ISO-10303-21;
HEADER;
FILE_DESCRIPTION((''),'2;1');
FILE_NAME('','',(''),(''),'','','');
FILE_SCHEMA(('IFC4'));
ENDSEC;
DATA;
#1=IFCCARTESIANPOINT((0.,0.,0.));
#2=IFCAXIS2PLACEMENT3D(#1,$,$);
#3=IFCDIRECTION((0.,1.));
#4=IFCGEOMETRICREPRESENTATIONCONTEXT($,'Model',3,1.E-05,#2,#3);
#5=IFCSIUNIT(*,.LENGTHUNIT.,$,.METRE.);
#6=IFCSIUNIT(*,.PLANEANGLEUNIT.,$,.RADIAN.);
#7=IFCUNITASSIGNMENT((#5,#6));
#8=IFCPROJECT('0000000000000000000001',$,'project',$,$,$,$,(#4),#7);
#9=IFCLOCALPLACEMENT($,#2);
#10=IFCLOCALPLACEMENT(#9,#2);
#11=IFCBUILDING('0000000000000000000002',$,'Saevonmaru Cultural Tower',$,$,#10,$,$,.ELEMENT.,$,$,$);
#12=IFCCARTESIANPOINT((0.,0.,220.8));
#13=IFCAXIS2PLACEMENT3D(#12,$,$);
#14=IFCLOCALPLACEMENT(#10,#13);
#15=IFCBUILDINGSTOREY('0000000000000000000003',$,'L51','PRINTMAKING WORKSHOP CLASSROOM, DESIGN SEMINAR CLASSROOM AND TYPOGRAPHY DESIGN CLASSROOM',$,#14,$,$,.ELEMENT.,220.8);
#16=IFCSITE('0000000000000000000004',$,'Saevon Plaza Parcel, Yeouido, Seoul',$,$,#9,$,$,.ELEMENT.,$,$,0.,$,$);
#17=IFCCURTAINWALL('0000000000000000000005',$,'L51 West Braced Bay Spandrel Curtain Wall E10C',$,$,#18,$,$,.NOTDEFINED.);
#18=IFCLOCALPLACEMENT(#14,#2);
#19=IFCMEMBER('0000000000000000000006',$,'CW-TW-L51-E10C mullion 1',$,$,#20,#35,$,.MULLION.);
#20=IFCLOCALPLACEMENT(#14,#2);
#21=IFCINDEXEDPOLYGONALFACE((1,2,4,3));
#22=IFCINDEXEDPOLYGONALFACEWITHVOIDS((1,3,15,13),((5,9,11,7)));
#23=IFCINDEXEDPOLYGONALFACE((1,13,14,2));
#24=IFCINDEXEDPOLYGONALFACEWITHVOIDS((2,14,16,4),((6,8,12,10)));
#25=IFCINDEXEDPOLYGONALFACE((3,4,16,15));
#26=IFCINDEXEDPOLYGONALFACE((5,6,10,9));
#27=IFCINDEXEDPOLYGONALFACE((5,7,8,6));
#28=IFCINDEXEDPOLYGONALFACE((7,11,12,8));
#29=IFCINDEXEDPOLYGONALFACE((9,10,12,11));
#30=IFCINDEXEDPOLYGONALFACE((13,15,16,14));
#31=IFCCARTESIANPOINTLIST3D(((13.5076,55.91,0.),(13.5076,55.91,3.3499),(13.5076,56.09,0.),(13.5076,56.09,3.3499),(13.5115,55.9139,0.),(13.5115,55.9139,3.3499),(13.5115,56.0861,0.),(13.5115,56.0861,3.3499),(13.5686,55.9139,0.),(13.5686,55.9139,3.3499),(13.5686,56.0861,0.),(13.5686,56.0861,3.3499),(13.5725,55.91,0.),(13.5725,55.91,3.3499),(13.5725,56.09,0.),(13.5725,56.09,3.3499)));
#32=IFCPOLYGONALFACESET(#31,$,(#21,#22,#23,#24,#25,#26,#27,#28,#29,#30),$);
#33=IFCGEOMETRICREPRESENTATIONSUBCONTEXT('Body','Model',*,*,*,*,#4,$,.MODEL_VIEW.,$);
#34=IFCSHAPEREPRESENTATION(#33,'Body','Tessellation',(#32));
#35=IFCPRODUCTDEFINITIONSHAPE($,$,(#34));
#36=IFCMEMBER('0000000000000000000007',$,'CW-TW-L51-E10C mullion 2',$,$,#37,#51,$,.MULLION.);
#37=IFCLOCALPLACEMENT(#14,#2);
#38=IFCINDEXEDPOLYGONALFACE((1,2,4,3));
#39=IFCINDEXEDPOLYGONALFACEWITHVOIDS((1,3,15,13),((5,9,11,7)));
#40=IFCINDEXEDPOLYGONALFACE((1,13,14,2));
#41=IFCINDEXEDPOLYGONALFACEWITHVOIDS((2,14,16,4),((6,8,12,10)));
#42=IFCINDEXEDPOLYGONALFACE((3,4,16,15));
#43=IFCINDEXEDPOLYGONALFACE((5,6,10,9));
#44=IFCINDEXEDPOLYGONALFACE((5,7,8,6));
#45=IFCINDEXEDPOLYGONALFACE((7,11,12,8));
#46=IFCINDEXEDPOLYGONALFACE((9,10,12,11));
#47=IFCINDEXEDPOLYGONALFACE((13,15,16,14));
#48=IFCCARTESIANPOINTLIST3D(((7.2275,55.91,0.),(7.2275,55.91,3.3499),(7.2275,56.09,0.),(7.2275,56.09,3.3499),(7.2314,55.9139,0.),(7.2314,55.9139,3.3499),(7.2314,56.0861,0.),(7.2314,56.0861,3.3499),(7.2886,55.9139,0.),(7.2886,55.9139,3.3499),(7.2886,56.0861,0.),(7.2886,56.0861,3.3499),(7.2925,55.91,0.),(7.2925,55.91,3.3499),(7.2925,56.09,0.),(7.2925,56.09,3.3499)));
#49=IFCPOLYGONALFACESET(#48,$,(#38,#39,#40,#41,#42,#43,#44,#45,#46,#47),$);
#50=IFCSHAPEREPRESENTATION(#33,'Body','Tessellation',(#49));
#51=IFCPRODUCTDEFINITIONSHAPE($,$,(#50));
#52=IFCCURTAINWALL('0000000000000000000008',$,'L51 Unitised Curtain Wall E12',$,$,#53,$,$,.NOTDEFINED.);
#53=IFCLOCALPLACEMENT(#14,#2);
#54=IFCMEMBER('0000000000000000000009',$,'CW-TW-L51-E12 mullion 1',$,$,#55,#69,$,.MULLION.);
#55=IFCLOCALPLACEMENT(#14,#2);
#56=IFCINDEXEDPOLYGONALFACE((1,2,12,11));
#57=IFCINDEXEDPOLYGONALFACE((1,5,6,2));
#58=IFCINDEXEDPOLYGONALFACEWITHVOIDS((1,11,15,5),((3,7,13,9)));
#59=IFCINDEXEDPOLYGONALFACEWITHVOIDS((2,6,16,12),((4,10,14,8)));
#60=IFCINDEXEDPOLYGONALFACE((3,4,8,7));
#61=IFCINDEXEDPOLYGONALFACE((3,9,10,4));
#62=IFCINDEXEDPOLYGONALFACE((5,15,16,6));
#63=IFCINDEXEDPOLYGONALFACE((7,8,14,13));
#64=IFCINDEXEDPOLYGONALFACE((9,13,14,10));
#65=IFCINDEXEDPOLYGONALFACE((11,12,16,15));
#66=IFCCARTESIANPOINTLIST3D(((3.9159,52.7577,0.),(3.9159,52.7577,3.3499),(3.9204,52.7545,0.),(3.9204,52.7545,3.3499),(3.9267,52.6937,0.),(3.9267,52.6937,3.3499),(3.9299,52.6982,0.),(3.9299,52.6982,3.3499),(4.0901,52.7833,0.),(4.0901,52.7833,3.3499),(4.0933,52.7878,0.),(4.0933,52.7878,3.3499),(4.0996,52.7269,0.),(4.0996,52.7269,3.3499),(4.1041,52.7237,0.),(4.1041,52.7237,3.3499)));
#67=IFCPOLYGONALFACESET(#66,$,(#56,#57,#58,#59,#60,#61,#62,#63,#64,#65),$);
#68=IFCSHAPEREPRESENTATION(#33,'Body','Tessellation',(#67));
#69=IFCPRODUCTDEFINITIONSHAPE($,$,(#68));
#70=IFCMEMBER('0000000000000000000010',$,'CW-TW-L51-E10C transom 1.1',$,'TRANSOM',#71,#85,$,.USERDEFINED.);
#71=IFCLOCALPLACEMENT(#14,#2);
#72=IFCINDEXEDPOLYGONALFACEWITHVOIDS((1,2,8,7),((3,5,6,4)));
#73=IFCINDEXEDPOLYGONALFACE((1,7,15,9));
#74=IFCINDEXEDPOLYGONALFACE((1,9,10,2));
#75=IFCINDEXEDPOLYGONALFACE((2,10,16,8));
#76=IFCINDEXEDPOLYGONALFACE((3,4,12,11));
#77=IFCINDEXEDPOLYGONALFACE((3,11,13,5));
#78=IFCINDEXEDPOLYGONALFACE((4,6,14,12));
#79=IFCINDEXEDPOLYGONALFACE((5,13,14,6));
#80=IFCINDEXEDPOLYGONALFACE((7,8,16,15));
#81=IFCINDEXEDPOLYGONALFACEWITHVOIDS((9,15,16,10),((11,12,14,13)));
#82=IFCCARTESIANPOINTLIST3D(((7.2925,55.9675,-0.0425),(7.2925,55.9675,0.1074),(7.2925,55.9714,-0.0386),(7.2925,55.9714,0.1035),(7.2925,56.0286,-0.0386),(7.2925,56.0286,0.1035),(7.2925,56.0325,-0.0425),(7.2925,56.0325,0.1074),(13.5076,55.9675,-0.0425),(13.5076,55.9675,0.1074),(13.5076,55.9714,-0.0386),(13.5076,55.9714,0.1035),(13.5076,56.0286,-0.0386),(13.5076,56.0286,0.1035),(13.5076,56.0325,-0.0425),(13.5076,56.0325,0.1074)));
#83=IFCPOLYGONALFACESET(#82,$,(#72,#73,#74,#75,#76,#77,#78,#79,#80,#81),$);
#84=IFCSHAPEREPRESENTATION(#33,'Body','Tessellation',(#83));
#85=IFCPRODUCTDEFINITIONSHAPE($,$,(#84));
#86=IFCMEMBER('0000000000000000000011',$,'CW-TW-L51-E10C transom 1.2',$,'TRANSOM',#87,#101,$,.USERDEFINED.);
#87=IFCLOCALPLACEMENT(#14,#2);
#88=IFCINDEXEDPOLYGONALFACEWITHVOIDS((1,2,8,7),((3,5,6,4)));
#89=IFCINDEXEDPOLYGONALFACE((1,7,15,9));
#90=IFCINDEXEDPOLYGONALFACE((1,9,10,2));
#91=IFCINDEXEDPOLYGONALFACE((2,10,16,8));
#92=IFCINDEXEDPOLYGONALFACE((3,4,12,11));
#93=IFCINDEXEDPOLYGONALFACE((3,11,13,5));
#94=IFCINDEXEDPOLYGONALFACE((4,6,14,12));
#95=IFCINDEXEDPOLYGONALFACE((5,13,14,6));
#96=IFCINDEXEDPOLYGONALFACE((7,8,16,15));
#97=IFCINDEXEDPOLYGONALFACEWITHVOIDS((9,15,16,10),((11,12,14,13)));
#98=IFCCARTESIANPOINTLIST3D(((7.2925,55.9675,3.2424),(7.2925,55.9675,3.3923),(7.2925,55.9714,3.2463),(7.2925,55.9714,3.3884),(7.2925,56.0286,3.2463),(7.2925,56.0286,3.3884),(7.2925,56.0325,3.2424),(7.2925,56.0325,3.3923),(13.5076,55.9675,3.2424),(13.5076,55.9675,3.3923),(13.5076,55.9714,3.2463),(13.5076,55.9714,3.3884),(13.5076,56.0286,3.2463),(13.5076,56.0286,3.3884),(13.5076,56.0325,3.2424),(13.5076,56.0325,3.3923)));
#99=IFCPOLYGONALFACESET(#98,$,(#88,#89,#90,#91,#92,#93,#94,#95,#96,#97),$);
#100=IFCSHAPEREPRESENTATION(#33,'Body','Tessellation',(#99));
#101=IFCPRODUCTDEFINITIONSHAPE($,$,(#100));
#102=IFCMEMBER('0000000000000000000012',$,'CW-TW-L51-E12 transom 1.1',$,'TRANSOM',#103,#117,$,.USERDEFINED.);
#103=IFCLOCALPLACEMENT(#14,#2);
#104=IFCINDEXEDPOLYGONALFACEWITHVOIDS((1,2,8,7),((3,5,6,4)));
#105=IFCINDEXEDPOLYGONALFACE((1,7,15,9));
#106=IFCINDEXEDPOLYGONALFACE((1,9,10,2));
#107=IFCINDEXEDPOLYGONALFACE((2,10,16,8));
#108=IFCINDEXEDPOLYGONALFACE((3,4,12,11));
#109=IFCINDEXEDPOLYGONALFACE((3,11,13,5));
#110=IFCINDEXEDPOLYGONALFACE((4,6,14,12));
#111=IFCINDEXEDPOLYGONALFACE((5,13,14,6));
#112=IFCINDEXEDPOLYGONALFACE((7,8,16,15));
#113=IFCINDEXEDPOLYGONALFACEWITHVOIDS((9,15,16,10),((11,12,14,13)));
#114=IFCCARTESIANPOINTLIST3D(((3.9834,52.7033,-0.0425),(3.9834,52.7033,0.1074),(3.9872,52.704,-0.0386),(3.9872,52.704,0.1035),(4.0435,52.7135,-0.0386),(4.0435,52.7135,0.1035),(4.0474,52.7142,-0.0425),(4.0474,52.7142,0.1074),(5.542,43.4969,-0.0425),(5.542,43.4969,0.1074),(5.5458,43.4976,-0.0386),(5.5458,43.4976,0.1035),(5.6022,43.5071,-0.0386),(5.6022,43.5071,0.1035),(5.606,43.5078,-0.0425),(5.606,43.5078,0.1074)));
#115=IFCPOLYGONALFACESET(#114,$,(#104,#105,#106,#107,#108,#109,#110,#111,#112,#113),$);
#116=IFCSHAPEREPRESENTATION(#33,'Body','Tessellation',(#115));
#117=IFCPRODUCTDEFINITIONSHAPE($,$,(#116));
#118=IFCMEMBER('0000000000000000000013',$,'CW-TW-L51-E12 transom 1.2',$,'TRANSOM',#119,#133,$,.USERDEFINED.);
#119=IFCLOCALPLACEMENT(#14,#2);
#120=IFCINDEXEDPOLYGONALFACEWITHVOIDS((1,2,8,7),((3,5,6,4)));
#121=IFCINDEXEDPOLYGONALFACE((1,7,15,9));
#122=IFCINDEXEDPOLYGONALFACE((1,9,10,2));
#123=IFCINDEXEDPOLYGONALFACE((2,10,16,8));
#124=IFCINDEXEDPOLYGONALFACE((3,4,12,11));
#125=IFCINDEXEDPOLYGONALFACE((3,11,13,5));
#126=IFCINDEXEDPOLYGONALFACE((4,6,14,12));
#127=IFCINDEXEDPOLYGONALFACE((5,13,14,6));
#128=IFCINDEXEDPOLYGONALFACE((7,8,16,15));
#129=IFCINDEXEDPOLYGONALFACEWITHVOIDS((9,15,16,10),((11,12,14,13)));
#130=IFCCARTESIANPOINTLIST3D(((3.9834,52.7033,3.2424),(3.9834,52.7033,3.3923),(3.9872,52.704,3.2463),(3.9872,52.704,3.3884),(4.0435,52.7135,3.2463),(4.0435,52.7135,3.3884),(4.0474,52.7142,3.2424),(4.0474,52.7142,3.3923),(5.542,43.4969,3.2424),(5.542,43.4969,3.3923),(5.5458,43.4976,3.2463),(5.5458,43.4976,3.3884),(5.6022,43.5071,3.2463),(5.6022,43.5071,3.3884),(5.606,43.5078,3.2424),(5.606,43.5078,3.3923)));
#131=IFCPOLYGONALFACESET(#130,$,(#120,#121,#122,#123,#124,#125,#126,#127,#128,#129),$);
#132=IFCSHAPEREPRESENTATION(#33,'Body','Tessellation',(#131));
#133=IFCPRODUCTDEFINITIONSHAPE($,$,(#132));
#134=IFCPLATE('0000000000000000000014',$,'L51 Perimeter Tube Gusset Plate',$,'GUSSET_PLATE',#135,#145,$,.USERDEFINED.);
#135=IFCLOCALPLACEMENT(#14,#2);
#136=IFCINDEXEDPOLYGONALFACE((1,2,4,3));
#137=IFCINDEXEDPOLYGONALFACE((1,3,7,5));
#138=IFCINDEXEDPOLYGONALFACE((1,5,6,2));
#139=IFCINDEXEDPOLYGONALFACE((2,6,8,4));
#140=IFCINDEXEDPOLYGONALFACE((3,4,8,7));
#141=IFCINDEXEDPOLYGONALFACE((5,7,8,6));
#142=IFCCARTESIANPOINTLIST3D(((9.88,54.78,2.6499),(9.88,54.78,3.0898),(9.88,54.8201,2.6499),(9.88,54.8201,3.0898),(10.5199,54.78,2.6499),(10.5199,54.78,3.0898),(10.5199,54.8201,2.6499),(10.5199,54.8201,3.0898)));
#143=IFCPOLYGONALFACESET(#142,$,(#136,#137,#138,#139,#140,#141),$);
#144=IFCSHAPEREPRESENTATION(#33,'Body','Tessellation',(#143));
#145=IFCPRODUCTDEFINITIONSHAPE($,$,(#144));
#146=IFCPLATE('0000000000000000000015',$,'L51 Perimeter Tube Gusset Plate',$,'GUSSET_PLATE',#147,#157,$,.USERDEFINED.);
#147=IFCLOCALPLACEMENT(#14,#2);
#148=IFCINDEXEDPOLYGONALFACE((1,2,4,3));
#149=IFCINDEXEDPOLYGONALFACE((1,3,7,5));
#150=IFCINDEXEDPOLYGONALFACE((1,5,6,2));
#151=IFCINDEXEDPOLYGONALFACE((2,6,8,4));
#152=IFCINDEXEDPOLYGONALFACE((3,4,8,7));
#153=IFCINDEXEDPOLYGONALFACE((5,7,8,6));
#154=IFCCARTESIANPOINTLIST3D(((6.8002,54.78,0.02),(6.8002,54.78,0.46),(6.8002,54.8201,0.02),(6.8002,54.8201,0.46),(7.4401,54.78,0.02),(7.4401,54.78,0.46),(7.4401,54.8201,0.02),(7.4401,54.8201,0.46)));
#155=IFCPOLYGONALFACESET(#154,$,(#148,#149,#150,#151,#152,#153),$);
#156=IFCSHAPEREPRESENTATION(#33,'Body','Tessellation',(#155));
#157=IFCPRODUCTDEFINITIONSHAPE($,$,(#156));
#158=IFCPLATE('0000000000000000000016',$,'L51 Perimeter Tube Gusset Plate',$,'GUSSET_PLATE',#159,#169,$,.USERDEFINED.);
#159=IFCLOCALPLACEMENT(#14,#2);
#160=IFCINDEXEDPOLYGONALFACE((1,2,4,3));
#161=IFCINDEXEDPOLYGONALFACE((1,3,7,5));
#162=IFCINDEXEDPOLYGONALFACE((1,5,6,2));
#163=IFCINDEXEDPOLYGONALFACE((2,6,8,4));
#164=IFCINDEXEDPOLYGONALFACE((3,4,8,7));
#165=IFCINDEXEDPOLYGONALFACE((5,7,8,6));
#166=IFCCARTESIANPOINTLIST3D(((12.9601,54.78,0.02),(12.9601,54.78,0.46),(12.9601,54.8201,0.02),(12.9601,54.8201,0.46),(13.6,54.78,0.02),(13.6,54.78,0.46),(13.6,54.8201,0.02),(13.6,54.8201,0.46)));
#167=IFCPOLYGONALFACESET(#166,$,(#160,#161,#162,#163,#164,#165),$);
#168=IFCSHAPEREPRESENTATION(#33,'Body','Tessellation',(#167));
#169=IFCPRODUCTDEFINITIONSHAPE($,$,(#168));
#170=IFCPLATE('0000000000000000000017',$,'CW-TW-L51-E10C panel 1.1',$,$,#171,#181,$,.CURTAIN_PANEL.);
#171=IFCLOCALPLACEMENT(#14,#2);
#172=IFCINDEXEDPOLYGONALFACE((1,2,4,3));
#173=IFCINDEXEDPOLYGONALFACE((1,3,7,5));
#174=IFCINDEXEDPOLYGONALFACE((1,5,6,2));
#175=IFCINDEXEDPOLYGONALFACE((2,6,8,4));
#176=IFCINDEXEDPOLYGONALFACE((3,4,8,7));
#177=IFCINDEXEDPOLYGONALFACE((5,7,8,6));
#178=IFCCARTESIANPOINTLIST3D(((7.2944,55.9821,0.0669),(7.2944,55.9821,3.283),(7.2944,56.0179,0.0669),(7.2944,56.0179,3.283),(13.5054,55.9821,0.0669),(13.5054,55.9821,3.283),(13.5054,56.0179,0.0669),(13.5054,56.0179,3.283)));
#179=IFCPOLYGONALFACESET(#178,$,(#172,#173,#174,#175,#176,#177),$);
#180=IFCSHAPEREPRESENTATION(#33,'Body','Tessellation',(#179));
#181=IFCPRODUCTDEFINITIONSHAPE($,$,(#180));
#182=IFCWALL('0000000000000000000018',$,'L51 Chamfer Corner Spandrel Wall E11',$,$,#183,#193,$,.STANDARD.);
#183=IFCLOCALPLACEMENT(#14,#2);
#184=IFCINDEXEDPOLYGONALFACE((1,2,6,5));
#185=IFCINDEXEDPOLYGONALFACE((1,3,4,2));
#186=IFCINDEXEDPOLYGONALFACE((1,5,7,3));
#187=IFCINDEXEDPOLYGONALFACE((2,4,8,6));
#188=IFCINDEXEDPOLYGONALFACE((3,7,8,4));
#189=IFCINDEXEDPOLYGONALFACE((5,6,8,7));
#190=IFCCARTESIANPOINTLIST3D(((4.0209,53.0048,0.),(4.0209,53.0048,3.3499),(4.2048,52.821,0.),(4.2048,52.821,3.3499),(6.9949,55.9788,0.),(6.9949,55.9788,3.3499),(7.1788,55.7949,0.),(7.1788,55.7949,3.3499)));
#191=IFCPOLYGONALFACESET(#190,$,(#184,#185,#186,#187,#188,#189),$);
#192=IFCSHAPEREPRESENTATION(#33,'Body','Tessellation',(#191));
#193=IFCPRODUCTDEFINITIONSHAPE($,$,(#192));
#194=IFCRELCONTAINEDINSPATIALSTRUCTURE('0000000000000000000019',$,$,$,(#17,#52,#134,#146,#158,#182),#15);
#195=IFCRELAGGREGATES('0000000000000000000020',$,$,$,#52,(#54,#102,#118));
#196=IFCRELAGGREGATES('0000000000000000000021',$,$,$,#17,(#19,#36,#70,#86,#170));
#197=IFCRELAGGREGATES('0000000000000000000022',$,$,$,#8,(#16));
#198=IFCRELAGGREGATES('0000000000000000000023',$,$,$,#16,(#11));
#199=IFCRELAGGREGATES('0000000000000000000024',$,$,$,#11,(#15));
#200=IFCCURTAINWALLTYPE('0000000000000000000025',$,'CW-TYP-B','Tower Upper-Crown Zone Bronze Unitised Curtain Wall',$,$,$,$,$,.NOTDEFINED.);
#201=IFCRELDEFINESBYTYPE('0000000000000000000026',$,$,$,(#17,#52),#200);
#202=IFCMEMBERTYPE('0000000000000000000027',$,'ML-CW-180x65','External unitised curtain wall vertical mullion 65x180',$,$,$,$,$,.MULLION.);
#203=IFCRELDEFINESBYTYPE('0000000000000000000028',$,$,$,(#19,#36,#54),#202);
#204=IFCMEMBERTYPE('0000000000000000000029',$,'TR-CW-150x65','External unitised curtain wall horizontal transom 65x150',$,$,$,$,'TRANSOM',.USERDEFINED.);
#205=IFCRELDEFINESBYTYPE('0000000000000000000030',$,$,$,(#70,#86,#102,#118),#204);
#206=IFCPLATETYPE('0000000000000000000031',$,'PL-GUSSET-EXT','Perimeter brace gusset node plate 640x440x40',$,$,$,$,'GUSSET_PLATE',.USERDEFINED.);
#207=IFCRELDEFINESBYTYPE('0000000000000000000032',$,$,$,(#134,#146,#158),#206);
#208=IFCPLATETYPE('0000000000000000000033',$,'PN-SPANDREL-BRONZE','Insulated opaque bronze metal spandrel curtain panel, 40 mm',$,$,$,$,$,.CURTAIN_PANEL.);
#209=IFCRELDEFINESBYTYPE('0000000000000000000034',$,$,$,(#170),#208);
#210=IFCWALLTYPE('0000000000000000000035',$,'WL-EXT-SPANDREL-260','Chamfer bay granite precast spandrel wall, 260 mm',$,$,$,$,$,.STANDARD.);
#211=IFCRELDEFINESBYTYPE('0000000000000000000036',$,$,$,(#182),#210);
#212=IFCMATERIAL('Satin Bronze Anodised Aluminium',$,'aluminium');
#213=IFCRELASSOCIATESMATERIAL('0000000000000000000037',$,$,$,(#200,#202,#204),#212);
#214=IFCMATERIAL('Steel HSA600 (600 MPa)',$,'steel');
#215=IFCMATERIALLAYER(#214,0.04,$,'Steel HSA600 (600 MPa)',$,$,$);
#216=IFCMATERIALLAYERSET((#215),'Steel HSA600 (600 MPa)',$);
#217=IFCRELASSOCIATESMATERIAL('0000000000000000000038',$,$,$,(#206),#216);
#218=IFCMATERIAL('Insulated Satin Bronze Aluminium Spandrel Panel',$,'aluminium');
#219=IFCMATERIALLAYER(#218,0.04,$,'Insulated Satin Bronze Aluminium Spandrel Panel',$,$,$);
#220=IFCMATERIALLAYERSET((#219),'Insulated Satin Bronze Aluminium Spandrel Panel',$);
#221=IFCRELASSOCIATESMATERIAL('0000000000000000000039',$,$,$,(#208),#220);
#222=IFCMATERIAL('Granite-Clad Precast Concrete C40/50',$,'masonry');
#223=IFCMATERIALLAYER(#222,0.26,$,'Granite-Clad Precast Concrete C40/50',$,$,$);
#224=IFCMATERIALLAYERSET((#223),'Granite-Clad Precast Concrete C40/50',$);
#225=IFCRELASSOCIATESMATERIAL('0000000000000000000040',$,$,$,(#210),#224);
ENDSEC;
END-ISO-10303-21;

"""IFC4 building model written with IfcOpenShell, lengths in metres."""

from ifc_helpers import new_model, si_unit, direction, frame, frame_2d, origin, origin_2d, place, context, subcontext, project, spatial, rectangle, hollow_rectangle, extrude, material, layer, layer_set, material_profile, profile_set, type_object, element, aggregate, save


model = new_model("IFC4")

# Units and contexts
model_context = context("Model", 3, precision=1e-05, world=origin(), true_north=direction((0.0, 1.0)))
body_context = subcontext(model_context, "Body", "Model", "MODEL_VIEW")
ifc_project = project(units=[si_unit("LENGTHUNIT", "METRE"), si_unit("PLANEANGLEUNIT", "RADIAN")], contexts=[model_context])

# Site, building, storey
site_placement = place(None, origin())
site = spatial("IfcSite", under=ifc_project, at=site_placement, Name="Saevon Plaza Parcel, Yeouido, Seoul", CompositionType="ELEMENT", RefElevation=0.0)
building_placement = place(site_placement, origin())
building = spatial("IfcBuilding", under=site, at=building_placement, Name="Saevonmaru Cultural Tower", CompositionType="ELEMENT")
storey_placement = place(building_placement, frame((0.0, 0.0, 220.8)))
storey = spatial("IfcBuildingStorey", under=building, at=storey_placement, Name="L51", Description="PRINTMAKING WORKSHOP CLASSROOM, DESIGN SEMINAR CLASSROOM AND TYPOGRAPHY DESIGN CLASSROOM", CompositionType="ELEMENT", Elevation=220.8)

# Curtain wall, members
ifc_material_1 = material(Name="Satin Bronze Anodised Aluminium", Category="aluminium")
curtain_wall_type = type_object("IfcCurtainWallType", Name="CW-TYP-B", Description="Tower Upper-Crown Zone Bronze Unitised Curtain Wall", PredefinedType="NOTDEFINED", material=ifc_material_1)
curtain_wall_1_placement = place(storey_placement, origin())
curtain_wall_1 = element("IfcCurtainWall", 1, at=curtain_wall_1_placement, inside=storey, type_object=curtain_wall_type, Name="L51 West Braced Bay Spandrel Curtain Wall E10C", PredefinedType="NOTDEFINED")
ifc_material_profile_1 = material_profile(ifc_material_1, hollow_rectangle(XDim=0.0649, YDim=0.1799, WallThickness=0.0039, at=origin_2d()), Name="ALU-MULL-180x65x4")
ifc_profile_set_1 = profile_set([ifc_material_profile_1], Name="Satin Bronze Anodised Aluminium")
member_type_1 = type_object("IfcMemberType", Name="ML-CW-180x65", Description="External unitised curtain wall vertical mullion 65x180", PredefinedType="MULLION", material=ifc_profile_set_1)
member_1_placement = place(storey_placement, frame((13.54, 56.0, 0.0), z_axis=(0.0, 0.0, 1.0), x_axis=(-1.0, 0.0, 0.0)))
member_1 = element("IfcMember", 2, at=member_1_placement, type_object=member_type_1, Name="CW-TW-L51-E10C mullion 1", PredefinedType="MULLION", context=body_context, shape_type="SweptSolid", body=[
    extrude(hollow_rectangle(XDim=0.0649, YDim=0.1799, WallThickness=0.0039, at=origin_2d()), origin(), (0.0, 0.0, 1.0), 3.3499),
])
member_2_placement = place(storey_placement, frame((7.26, 56.0, 0.0), z_axis=(0.0, 0.0, 1.0), x_axis=(-1.0, 0.0, 0.0)))
member_2 = element("IfcMember", 3, at=member_2_placement, type_object=member_type_1, Name="CW-TW-L51-E10C mullion 2", PredefinedType="MULLION", context=body_context, shape_type="SweptSolid", body=[
    extrude(hollow_rectangle(XDim=0.0649, YDim=0.1799, WallThickness=0.0039, at=origin_2d()), origin(), (0.0, 0.0, 1.0), 3.3499),
])

# Curtain wall, member
curtain_wall_2_placement = place(storey_placement, origin())
curtain_wall_2 = element("IfcCurtainWall", 4, at=curtain_wall_2_placement, inside=storey, type_object=curtain_wall_type, Name="L51 Unitised Curtain Wall E12", PredefinedType="NOTDEFINED")
member_3_placement = place(storey_placement, frame((4.01, 52.7407, 0.0), z_axis=(0.0, 0.0, 1.0), x_axis=(0.166922, -0.98597, 0.0)))
member_3 = element("IfcMember", 5, at=member_3_placement, type_object=member_type_1, Name="CW-TW-L51-E12 mullion 1", PredefinedType="MULLION", context=body_context, shape_type="SweptSolid", body=[
    extrude(hollow_rectangle(XDim=0.0649, YDim=0.1799, WallThickness=0.0039, at=origin_2d()), origin(), (0.0, 0.0, 1.0), 3.3499),
])

# Members
ifc_material_profile_2 = material_profile(ifc_material_1, hollow_rectangle(XDim=0.0649, YDim=0.1499, WallThickness=0.0039, at=origin_2d()), Name="ALU-TRAN-150x65x4")
ifc_profile_set_2 = profile_set([ifc_material_profile_2], Name="Satin Bronze Anodised Aluminium")
member_type_2 = type_object("IfcMemberType", Name="TR-CW-150x65", Description="External unitised curtain wall horizontal transom 65x150", ElementType="TRANSOM", PredefinedType="USERDEFINED", material=ifc_profile_set_2)
member_4_placement = place(storey_placement, frame((13.5076, 56.0, 0.0325), z_axis=(-1.0, 0.0, 0.0), x_axis=(0.0, -1.0, 0.0)))
member_4 = element("IfcMember", 6, at=member_4_placement, type_object=member_type_2, Name="CW-TW-L51-E10C transom 1.1", ObjectType="TRANSOM", PredefinedType="USERDEFINED", context=body_context, shape_type="SweptSolid", body=[
    extrude(hollow_rectangle(XDim=0.0649, YDim=0.1499, WallThickness=0.0039, at=origin_2d()), origin(), (0.0, 0.0, 1.0), 6.2151),
])
member_5_placement = place(storey_placement, frame((13.5076, 56.0, 3.3174), z_axis=(-1.0, 0.0, 0.0), x_axis=(0.0, -1.0, 0.0)))
member_5 = element("IfcMember", 7, at=member_5_placement, type_object=member_type_2, Name="CW-TW-L51-E10C transom 1.2", ObjectType="TRANSOM", PredefinedType="USERDEFINED", context=body_context, shape_type="SweptSolid", body=[
    extrude(hollow_rectangle(XDim=0.0649, YDim=0.1499, WallThickness=0.0039, at=origin_2d()), origin(), (0.0, 0.0, 1.0), 6.2151),
])
member_6_placement = place(storey_placement, frame((4.0154, 52.7087, 0.0325), z_axis=(0.166921, -0.98597, 0.0), x_axis=(0.98597, 0.166921, 0.0)))
member_6 = element("IfcMember", 8, at=member_6_placement, type_object=member_type_2, Name="CW-TW-L51-E12 transom 1.1", ObjectType="TRANSOM", PredefinedType="USERDEFINED", context=body_context, shape_type="SweptSolid", body=[
    extrude(hollow_rectangle(XDim=0.0649, YDim=0.1499, WallThickness=0.0039, at=origin_2d()), origin(), (0.0, 0.0, 1.0), 9.3374),
])
member_7_placement = place(storey_placement, frame((4.0154, 52.7087, 3.3174), z_axis=(0.166921, -0.98597, 0.0), x_axis=(0.98597, 0.166921, 0.0)))
member_7 = element("IfcMember", 9, at=member_7_placement, type_object=member_type_2, Name="CW-TW-L51-E12 transom 1.2", ObjectType="TRANSOM", PredefinedType="USERDEFINED", context=body_context, shape_type="SweptSolid", body=[
    extrude(hollow_rectangle(XDim=0.0649, YDim=0.1499, WallThickness=0.0039, at=origin_2d()), origin(), (0.0, 0.0, 1.0), 9.3374),
])
aggregate(curtain_wall_2, [member_3, member_6, member_7])

# Plates
ifc_material_2 = material(Name="Steel HSA600 (600 MPa)", Category="steel")
ifc_layer_1 = layer(ifc_material_2, 0.04, Name="Steel HSA600 (600 MPa)")
ifc_layer_set_1 = layer_set([ifc_layer_1], Name="Steel HSA600 (600 MPa)")
plate_type_1 = type_object("IfcPlateType", Name="PL-GUSSET-EXT", Description="Perimeter brace gusset node plate 640x440x40", ElementType="GUSSET_PLATE", PredefinedType="USERDEFINED", material=ifc_layer_set_1)
for number, where, z_axis, x_axis, name in (
    (10, (10.2, 54.8, 2.6499), (0.0, 0.0, 1.0), (1.0, 0.0, 0.0), "L51 Perimeter Tube Gusset Plate"),
    (11, (7.1201, 54.8, 0.02), (0.0, 0.0, 1.0), (1.0, 0.0, 0.0), "L51 Perimeter Tube Gusset Plate"),
    (12, (13.28, 54.8, 0.02), (0.0, 0.0, 1.0), (1.0, 0.0, 0.0), "L51 Perimeter Tube Gusset Plate"),
):
    element("IfcPlate", number, at=place(storey_placement, frame(where, z_axis=z_axis, x_axis=x_axis)), inside=storey, type_object=plate_type_1, Name=name, ObjectType="GUSSET_PLATE", PredefinedType="USERDEFINED", context=body_context, shape_type="SweptSolid", body=[
        extrude(rectangle(XDim=0.6399, YDim=0.04, at=origin_2d()), origin(), (0.0, 0.0, 1.0), 0.4399),
    ])

# Plate
ifc_material_3 = material(Name="Insulated Satin Bronze Aluminium Spandrel Panel", Category="aluminium")
ifc_layer_2 = layer(ifc_material_3, 0.04, Name="Insulated Satin Bronze Aluminium Spandrel Panel")
ifc_layer_set_2 = layer_set([ifc_layer_2], Name="Insulated Satin Bronze Aluminium Spandrel Panel")
plate_type_2 = type_object("IfcPlateType", Name="PN-SPANDREL-BRONZE", Description="Insulated opaque bronze metal spandrel curtain panel, 40 mm", PredefinedType="CURTAIN_PANEL", material=ifc_layer_set_2)
plate_placement = place(storey_placement, frame((10.3999, 56.0, 0.0669), z_axis=(0.0, 0.0, 1.0), x_axis=(-1.0, 0.0, 0.0)))
plate = element("IfcPlate", 13, at=plate_placement, type_object=plate_type_2, Name="CW-TW-L51-E10C panel 1.1", PredefinedType="CURTAIN_PANEL", context=body_context, shape_type="SweptSolid", body=[
    extrude(rectangle(XDim=6.2109, YDim=0.0359, at=origin_2d()), origin(), (0.0, 0.0, 1.0), 3.2161),
])
aggregate(curtain_wall_1, [member_1, member_2, member_4, member_5, plate])

# Wall
ifc_material_4 = material(Name="Granite-Clad Precast Concrete C40/50", Category="masonry")
ifc_layer_3 = layer(ifc_material_4, 0.26, Name="Granite-Clad Precast Concrete C40/50")
ifc_layer_set_3 = layer_set([ifc_layer_3], Name="Granite-Clad Precast Concrete C40/50")
wall_type_1 = type_object("IfcWallType", Name="WL-EXT-SPANDREL-260", Description="Chamfer bay granite precast spandrel wall, 260 mm", PredefinedType="STANDARD", material=ifc_layer_set_3)
wall_1_placement = place(storey_placement, frame((7.0869, 55.887, 0.0), z_axis=(0.0, 0.0, 1.0), x_axis=(-0.707107, -0.707107, 0.0)))
element("IfcWall", 14, at=wall_1_placement, inside=storey, type_object=wall_type_1, Name="L51 Chamfer Corner Spandrel Wall E11", PredefinedType="STANDARD", context=body_context, shape_type="SweptSolid", body=[
    extrude(rectangle(XDim=4.2058, YDim=0.26, at=frame_2d((2.103, 0.0))), origin(), (0.0, 0.0, 1.0), 3.3499),
])

save(model, "model.ifc")
